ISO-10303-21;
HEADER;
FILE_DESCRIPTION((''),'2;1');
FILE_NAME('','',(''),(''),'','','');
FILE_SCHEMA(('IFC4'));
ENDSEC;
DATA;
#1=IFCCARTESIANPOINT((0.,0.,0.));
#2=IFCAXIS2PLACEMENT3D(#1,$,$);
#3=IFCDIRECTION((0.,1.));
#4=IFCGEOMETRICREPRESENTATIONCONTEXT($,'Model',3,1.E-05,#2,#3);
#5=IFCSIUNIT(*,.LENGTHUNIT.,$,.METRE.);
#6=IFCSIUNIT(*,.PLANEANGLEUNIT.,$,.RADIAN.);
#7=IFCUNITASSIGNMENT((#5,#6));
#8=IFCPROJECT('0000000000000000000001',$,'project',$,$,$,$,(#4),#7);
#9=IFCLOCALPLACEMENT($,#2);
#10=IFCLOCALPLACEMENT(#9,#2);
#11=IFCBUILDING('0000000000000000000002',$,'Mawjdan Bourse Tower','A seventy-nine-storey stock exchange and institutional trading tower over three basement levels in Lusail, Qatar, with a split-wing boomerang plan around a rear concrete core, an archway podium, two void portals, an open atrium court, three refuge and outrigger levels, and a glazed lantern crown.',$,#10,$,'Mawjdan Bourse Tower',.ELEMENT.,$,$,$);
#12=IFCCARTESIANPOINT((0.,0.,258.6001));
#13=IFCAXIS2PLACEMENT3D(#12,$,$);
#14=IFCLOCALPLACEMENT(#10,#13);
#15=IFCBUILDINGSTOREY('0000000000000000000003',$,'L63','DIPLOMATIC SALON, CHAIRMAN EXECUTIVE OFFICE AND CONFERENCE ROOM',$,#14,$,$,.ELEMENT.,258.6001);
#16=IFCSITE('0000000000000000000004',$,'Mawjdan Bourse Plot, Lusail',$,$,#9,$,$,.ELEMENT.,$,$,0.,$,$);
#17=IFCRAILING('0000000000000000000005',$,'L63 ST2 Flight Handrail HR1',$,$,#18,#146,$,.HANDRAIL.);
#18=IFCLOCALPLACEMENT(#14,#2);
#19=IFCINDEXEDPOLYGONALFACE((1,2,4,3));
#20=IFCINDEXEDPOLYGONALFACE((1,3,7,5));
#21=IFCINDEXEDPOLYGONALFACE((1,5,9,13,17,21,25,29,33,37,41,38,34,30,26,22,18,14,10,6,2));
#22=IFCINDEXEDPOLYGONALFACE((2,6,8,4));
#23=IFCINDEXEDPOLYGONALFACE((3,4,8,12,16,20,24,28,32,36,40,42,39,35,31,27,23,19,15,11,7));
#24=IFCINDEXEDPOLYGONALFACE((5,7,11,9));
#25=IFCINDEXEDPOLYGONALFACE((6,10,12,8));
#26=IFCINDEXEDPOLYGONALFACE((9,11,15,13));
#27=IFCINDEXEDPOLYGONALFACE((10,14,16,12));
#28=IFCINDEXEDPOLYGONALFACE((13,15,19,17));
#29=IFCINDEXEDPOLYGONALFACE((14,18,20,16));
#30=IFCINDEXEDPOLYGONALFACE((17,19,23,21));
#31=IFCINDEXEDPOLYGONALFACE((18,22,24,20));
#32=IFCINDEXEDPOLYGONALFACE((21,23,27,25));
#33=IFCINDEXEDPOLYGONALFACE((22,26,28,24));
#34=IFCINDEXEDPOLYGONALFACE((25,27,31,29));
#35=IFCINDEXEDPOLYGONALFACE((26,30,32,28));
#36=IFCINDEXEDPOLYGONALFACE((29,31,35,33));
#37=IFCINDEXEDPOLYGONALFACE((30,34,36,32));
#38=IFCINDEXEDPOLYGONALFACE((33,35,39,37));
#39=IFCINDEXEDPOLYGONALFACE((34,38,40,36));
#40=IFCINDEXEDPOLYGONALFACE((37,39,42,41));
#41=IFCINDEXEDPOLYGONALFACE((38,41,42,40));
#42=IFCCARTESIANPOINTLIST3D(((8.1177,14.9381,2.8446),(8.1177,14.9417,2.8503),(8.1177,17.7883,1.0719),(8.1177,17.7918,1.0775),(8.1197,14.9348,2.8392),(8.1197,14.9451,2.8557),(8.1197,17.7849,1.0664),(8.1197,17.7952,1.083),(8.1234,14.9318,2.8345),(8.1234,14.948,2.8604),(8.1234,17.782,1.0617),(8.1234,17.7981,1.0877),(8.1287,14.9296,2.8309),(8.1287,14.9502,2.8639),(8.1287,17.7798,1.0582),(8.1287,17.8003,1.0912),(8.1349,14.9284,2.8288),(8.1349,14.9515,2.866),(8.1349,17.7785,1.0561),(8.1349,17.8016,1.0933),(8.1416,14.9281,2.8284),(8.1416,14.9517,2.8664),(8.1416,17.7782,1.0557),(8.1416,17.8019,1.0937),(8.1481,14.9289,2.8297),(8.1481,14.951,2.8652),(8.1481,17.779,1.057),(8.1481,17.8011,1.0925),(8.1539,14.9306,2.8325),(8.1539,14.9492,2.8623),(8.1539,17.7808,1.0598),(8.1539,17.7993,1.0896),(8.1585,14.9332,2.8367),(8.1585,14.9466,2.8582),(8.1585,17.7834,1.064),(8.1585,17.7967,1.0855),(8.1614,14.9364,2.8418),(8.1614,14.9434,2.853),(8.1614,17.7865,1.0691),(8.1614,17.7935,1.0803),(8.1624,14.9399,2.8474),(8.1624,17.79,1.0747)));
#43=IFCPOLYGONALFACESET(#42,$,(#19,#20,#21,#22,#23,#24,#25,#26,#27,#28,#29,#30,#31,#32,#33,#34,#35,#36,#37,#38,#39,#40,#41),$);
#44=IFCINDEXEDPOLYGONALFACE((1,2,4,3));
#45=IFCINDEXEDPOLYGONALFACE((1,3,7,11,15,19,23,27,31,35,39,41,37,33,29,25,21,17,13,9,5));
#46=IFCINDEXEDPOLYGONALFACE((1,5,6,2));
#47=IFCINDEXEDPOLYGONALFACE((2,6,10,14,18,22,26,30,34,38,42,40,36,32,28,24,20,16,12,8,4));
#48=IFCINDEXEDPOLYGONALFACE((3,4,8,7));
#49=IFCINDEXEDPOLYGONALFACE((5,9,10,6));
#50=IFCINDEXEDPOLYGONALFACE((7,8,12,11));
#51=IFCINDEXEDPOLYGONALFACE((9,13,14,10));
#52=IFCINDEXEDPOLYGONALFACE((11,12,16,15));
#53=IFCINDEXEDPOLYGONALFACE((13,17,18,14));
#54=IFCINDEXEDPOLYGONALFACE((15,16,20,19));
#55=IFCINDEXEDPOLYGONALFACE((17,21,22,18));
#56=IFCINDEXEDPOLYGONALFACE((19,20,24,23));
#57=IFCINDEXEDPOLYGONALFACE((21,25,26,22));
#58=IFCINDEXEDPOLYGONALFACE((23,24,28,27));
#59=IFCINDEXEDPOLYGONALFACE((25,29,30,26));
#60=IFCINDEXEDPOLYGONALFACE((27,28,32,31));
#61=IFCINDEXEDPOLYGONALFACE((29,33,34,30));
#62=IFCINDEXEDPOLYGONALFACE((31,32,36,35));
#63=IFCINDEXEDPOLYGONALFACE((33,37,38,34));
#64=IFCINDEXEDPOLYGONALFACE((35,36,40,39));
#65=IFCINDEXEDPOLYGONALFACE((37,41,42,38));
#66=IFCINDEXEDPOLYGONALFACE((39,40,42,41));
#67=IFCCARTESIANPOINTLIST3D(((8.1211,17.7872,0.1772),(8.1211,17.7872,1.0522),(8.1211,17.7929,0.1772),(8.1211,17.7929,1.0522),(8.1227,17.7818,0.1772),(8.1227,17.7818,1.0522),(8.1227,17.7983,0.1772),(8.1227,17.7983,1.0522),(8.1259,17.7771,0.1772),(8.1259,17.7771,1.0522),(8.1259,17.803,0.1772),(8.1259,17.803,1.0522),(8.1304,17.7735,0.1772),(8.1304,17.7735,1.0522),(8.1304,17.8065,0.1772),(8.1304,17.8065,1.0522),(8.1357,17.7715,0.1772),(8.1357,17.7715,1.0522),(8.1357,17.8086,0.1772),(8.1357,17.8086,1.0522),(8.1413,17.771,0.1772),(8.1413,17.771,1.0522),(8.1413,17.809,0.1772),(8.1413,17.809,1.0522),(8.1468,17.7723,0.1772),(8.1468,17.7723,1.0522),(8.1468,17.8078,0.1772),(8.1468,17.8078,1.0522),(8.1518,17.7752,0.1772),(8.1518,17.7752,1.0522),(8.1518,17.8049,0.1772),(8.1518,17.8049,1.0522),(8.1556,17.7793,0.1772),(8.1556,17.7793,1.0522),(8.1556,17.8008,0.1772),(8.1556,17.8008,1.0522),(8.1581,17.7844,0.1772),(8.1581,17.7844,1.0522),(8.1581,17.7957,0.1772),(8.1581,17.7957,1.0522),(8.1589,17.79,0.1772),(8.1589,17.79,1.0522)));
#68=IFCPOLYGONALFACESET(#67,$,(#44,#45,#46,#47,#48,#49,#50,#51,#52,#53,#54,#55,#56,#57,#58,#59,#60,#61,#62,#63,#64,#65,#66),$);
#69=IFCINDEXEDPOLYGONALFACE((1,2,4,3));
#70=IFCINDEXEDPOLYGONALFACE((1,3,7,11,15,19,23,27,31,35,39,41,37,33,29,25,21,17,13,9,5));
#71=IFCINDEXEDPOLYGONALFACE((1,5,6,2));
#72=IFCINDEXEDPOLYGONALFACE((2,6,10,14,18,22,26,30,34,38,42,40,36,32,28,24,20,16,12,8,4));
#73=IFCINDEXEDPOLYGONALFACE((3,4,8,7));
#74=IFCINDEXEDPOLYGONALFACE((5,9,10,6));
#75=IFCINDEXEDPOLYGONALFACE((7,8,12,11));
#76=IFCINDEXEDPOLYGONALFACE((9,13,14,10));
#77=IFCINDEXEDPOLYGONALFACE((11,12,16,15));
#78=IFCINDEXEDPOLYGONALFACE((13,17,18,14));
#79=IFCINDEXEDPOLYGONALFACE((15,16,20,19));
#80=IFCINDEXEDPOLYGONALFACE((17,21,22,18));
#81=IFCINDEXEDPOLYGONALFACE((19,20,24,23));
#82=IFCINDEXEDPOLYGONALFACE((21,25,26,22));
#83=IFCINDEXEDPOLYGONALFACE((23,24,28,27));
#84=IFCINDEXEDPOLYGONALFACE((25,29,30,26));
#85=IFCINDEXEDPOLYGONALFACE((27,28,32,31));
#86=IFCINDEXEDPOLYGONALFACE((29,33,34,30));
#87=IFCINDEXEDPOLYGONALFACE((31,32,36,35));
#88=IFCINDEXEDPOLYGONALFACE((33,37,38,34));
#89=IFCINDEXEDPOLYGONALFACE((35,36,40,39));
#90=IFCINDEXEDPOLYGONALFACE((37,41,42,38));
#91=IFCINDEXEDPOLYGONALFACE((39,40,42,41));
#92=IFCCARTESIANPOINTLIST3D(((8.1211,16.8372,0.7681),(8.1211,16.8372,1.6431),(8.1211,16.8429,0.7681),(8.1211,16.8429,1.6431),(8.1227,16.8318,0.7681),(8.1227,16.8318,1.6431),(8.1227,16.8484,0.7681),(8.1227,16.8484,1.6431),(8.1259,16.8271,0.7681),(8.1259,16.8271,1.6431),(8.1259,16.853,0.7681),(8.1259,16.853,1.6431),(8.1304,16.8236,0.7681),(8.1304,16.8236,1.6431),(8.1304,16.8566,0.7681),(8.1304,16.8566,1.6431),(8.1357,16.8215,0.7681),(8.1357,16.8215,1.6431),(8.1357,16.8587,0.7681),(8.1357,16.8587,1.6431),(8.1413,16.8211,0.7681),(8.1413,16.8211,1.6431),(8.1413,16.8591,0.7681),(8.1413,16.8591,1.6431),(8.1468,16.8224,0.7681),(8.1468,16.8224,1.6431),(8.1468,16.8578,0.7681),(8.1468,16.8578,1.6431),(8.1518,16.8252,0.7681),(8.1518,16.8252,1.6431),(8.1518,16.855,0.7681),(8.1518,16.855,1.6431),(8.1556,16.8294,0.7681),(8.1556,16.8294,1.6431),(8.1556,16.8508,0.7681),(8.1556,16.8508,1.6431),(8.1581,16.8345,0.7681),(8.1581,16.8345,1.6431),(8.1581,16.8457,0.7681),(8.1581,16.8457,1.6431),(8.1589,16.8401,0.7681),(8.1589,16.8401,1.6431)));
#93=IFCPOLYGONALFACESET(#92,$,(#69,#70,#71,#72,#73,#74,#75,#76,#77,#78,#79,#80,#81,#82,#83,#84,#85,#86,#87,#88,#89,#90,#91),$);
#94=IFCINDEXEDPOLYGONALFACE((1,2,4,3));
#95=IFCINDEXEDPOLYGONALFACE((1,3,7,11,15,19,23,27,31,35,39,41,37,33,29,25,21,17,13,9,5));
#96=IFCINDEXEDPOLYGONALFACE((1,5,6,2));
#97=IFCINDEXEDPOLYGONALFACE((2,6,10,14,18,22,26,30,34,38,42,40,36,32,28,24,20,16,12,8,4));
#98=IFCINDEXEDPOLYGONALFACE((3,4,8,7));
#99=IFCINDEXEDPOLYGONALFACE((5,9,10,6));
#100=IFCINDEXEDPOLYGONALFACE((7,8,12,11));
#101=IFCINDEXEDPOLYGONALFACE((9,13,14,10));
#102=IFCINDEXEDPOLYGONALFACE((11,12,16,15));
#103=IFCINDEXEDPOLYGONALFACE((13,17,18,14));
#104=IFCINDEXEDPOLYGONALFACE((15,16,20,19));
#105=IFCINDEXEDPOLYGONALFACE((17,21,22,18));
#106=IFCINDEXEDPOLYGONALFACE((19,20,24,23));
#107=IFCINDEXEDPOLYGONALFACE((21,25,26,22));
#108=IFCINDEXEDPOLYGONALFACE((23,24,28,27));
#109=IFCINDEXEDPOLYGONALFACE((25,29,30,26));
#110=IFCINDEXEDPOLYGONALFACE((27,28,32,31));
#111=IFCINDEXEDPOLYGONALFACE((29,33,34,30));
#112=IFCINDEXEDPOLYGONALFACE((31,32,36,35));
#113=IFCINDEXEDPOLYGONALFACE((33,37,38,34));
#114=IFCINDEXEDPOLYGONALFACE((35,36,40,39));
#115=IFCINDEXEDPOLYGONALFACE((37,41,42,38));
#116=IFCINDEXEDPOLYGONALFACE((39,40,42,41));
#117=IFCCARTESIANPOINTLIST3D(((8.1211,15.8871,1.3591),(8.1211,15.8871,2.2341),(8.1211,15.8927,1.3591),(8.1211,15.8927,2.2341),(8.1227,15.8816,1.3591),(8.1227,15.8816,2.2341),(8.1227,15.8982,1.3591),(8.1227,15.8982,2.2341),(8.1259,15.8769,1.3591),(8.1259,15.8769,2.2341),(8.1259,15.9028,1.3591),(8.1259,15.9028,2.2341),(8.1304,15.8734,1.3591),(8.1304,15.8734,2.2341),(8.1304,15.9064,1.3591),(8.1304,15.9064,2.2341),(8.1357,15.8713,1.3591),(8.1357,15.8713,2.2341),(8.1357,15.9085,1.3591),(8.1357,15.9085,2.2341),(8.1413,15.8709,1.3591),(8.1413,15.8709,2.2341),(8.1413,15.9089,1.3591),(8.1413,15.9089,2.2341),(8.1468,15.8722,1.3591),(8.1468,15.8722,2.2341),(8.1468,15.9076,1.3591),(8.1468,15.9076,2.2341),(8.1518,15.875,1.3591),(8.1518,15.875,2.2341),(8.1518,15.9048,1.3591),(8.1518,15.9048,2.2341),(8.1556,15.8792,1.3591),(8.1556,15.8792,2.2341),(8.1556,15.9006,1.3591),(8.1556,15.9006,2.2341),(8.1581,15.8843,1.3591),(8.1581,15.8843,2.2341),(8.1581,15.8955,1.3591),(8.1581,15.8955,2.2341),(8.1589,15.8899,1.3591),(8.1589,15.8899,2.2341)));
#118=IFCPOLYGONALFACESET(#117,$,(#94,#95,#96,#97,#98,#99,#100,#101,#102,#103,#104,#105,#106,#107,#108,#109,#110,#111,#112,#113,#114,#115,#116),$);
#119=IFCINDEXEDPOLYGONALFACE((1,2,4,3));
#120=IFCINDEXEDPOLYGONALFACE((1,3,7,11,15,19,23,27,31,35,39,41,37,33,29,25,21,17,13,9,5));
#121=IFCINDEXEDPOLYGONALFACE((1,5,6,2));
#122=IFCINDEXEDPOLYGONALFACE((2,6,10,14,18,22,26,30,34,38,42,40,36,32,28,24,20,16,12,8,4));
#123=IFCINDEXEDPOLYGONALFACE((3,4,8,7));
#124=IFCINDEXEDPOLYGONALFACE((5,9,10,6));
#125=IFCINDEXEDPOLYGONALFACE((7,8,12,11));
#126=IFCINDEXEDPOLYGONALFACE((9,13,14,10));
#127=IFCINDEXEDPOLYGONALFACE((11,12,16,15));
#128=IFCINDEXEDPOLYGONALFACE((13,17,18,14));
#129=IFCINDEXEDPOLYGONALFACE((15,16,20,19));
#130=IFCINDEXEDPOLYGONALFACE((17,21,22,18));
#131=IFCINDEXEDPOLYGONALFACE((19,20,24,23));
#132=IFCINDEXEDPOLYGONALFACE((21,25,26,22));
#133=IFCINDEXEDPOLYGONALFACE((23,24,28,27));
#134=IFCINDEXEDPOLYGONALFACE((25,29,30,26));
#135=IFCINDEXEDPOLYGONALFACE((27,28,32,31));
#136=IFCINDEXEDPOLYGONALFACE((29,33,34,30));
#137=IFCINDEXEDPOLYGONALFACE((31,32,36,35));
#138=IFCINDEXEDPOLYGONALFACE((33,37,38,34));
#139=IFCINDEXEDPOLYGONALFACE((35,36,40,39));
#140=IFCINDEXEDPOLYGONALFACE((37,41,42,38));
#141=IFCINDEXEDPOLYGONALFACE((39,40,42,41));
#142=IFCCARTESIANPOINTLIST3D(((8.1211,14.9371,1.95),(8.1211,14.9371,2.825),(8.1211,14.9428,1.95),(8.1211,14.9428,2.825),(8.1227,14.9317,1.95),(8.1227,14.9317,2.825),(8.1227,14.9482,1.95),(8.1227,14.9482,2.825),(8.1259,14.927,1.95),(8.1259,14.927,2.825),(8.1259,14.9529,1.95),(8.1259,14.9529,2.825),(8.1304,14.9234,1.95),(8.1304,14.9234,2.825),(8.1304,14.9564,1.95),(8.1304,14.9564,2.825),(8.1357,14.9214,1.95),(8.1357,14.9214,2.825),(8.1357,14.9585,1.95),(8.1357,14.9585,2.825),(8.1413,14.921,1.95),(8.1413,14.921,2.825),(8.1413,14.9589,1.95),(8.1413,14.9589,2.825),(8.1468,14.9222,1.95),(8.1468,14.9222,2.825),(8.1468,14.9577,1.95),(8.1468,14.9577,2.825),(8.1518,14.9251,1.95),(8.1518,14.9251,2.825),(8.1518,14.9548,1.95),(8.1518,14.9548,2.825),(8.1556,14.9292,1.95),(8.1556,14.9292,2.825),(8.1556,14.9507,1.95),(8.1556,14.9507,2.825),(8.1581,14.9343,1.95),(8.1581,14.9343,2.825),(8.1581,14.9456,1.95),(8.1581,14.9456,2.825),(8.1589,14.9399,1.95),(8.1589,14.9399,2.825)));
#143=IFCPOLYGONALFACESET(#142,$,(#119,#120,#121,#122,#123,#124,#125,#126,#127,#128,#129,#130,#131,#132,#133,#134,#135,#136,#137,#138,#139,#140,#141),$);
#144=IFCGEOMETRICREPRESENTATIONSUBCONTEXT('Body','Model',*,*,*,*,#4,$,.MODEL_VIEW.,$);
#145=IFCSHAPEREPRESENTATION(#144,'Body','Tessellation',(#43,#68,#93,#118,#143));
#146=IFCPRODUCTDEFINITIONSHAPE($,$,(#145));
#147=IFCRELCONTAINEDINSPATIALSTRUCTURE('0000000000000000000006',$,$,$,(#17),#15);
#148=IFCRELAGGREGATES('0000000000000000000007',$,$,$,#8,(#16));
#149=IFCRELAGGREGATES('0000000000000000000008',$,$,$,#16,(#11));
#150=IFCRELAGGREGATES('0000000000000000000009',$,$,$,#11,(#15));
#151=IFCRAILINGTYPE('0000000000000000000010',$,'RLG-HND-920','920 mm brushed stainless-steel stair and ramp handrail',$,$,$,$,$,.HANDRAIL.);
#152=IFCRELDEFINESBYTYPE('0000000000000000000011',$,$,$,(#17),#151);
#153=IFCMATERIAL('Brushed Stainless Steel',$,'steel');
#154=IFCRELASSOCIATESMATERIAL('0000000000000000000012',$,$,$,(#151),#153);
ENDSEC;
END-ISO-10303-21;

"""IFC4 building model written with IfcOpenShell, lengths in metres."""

from ifc_helpers import new_model, si_unit, direction, frame, origin, origin_2d, place, context, subcontext, project, spatial, circle, extrude, material, type_object, element, save


model = new_model("IFC4")

# Units and contexts
model_context = context("Model", 3, precision=1e-05, world=origin(), true_north=direction((0.0, 1.0)))
body_context = subcontext(model_context, "Body", "Model", "MODEL_VIEW")
ifc_project = project(units=[si_unit("LENGTHUNIT", "METRE"), si_unit("PLANEANGLEUNIT", "RADIAN")], contexts=[model_context])

# Site, building, storey
site_placement = place(None, origin())
site = spatial("IfcSite", under=ifc_project, at=site_placement, Name="Mawjdan Bourse Plot, Lusail", CompositionType="ELEMENT", RefElevation=0.0)
building_placement = place(site_placement, origin())
building = spatial("IfcBuilding", under=site, at=building_placement, Name="Mawjdan Bourse Tower", Description="A seventy-nine-storey stock exchange and institutional trading tower over three basement levels in Lusail, Qatar, with a split-wing boomerang plan around a rear concrete core, an archway podium, two void portals, an open atrium court, three refuge and outrigger levels, and a glazed lantern crown.", LongName="Mawjdan Bourse Tower", CompositionType="ELEMENT")
storey_placement = place(building_placement, frame((0.0, 0.0, 258.6001)))
storey = spatial("IfcBuildingStorey", under=building, at=storey_placement, Name="L63", Description="DIPLOMATIC SALON, CHAIRMAN EXECUTIVE OFFICE AND CONFERENCE ROOM", CompositionType="ELEMENT", Elevation=258.6001)

# Railing
ifc_material_1 = material(Name="Brushed Stainless Steel", Category="steel")
railing_type_1 = type_object("IfcRailingType", Name="RLG-HND-920", Description="920 mm brushed stainless-steel stair and ramp handrail", PredefinedType="HANDRAIL", material=ifc_material_1)
for number, where, name in (
    (1, (8.1399, 17.79, 0.1772), "L63 ST2 Flight Handrail HR1"),
):
    element("IfcRailing", number, at=place(storey_placement, frame(where)), inside=storey, type_object=railing_type_1, Name=name, PredefinedType="HANDRAIL", context=body_context, shape_type="SweptSolid", body=[
        extrude(circle(Radius=0.0225, at=origin_2d()), frame((0.0, 0.0, 0.8975), z_axis=(0.0, -0.849149, 0.528154), x_axis=(1.0, 0.0, 0.0)), (0.0, 0.0, 1.0), 3.3564),
        extrude(circle(Radius=0.019, at=origin_2d()), origin(), (0.0, 0.0, 1.0), 0.875),
        extrude(circle(Radius=0.019, at=origin_2d()), frame((0.0, -0.95, 0.5908)), (0.0, 0.0, 1.0), 0.875),
        extrude(circle(Radius=0.019, at=origin_2d()), frame((0.0, -1.9001, 1.1819)), (0.0, 0.0, 1.0), 0.875),
        extrude(circle(Radius=0.019, at=origin_2d()), frame((0.0, -2.8501, 1.7727)), (0.0, 0.0, 1.0), 0.875),
    ])

save(model, "model.ifc")
